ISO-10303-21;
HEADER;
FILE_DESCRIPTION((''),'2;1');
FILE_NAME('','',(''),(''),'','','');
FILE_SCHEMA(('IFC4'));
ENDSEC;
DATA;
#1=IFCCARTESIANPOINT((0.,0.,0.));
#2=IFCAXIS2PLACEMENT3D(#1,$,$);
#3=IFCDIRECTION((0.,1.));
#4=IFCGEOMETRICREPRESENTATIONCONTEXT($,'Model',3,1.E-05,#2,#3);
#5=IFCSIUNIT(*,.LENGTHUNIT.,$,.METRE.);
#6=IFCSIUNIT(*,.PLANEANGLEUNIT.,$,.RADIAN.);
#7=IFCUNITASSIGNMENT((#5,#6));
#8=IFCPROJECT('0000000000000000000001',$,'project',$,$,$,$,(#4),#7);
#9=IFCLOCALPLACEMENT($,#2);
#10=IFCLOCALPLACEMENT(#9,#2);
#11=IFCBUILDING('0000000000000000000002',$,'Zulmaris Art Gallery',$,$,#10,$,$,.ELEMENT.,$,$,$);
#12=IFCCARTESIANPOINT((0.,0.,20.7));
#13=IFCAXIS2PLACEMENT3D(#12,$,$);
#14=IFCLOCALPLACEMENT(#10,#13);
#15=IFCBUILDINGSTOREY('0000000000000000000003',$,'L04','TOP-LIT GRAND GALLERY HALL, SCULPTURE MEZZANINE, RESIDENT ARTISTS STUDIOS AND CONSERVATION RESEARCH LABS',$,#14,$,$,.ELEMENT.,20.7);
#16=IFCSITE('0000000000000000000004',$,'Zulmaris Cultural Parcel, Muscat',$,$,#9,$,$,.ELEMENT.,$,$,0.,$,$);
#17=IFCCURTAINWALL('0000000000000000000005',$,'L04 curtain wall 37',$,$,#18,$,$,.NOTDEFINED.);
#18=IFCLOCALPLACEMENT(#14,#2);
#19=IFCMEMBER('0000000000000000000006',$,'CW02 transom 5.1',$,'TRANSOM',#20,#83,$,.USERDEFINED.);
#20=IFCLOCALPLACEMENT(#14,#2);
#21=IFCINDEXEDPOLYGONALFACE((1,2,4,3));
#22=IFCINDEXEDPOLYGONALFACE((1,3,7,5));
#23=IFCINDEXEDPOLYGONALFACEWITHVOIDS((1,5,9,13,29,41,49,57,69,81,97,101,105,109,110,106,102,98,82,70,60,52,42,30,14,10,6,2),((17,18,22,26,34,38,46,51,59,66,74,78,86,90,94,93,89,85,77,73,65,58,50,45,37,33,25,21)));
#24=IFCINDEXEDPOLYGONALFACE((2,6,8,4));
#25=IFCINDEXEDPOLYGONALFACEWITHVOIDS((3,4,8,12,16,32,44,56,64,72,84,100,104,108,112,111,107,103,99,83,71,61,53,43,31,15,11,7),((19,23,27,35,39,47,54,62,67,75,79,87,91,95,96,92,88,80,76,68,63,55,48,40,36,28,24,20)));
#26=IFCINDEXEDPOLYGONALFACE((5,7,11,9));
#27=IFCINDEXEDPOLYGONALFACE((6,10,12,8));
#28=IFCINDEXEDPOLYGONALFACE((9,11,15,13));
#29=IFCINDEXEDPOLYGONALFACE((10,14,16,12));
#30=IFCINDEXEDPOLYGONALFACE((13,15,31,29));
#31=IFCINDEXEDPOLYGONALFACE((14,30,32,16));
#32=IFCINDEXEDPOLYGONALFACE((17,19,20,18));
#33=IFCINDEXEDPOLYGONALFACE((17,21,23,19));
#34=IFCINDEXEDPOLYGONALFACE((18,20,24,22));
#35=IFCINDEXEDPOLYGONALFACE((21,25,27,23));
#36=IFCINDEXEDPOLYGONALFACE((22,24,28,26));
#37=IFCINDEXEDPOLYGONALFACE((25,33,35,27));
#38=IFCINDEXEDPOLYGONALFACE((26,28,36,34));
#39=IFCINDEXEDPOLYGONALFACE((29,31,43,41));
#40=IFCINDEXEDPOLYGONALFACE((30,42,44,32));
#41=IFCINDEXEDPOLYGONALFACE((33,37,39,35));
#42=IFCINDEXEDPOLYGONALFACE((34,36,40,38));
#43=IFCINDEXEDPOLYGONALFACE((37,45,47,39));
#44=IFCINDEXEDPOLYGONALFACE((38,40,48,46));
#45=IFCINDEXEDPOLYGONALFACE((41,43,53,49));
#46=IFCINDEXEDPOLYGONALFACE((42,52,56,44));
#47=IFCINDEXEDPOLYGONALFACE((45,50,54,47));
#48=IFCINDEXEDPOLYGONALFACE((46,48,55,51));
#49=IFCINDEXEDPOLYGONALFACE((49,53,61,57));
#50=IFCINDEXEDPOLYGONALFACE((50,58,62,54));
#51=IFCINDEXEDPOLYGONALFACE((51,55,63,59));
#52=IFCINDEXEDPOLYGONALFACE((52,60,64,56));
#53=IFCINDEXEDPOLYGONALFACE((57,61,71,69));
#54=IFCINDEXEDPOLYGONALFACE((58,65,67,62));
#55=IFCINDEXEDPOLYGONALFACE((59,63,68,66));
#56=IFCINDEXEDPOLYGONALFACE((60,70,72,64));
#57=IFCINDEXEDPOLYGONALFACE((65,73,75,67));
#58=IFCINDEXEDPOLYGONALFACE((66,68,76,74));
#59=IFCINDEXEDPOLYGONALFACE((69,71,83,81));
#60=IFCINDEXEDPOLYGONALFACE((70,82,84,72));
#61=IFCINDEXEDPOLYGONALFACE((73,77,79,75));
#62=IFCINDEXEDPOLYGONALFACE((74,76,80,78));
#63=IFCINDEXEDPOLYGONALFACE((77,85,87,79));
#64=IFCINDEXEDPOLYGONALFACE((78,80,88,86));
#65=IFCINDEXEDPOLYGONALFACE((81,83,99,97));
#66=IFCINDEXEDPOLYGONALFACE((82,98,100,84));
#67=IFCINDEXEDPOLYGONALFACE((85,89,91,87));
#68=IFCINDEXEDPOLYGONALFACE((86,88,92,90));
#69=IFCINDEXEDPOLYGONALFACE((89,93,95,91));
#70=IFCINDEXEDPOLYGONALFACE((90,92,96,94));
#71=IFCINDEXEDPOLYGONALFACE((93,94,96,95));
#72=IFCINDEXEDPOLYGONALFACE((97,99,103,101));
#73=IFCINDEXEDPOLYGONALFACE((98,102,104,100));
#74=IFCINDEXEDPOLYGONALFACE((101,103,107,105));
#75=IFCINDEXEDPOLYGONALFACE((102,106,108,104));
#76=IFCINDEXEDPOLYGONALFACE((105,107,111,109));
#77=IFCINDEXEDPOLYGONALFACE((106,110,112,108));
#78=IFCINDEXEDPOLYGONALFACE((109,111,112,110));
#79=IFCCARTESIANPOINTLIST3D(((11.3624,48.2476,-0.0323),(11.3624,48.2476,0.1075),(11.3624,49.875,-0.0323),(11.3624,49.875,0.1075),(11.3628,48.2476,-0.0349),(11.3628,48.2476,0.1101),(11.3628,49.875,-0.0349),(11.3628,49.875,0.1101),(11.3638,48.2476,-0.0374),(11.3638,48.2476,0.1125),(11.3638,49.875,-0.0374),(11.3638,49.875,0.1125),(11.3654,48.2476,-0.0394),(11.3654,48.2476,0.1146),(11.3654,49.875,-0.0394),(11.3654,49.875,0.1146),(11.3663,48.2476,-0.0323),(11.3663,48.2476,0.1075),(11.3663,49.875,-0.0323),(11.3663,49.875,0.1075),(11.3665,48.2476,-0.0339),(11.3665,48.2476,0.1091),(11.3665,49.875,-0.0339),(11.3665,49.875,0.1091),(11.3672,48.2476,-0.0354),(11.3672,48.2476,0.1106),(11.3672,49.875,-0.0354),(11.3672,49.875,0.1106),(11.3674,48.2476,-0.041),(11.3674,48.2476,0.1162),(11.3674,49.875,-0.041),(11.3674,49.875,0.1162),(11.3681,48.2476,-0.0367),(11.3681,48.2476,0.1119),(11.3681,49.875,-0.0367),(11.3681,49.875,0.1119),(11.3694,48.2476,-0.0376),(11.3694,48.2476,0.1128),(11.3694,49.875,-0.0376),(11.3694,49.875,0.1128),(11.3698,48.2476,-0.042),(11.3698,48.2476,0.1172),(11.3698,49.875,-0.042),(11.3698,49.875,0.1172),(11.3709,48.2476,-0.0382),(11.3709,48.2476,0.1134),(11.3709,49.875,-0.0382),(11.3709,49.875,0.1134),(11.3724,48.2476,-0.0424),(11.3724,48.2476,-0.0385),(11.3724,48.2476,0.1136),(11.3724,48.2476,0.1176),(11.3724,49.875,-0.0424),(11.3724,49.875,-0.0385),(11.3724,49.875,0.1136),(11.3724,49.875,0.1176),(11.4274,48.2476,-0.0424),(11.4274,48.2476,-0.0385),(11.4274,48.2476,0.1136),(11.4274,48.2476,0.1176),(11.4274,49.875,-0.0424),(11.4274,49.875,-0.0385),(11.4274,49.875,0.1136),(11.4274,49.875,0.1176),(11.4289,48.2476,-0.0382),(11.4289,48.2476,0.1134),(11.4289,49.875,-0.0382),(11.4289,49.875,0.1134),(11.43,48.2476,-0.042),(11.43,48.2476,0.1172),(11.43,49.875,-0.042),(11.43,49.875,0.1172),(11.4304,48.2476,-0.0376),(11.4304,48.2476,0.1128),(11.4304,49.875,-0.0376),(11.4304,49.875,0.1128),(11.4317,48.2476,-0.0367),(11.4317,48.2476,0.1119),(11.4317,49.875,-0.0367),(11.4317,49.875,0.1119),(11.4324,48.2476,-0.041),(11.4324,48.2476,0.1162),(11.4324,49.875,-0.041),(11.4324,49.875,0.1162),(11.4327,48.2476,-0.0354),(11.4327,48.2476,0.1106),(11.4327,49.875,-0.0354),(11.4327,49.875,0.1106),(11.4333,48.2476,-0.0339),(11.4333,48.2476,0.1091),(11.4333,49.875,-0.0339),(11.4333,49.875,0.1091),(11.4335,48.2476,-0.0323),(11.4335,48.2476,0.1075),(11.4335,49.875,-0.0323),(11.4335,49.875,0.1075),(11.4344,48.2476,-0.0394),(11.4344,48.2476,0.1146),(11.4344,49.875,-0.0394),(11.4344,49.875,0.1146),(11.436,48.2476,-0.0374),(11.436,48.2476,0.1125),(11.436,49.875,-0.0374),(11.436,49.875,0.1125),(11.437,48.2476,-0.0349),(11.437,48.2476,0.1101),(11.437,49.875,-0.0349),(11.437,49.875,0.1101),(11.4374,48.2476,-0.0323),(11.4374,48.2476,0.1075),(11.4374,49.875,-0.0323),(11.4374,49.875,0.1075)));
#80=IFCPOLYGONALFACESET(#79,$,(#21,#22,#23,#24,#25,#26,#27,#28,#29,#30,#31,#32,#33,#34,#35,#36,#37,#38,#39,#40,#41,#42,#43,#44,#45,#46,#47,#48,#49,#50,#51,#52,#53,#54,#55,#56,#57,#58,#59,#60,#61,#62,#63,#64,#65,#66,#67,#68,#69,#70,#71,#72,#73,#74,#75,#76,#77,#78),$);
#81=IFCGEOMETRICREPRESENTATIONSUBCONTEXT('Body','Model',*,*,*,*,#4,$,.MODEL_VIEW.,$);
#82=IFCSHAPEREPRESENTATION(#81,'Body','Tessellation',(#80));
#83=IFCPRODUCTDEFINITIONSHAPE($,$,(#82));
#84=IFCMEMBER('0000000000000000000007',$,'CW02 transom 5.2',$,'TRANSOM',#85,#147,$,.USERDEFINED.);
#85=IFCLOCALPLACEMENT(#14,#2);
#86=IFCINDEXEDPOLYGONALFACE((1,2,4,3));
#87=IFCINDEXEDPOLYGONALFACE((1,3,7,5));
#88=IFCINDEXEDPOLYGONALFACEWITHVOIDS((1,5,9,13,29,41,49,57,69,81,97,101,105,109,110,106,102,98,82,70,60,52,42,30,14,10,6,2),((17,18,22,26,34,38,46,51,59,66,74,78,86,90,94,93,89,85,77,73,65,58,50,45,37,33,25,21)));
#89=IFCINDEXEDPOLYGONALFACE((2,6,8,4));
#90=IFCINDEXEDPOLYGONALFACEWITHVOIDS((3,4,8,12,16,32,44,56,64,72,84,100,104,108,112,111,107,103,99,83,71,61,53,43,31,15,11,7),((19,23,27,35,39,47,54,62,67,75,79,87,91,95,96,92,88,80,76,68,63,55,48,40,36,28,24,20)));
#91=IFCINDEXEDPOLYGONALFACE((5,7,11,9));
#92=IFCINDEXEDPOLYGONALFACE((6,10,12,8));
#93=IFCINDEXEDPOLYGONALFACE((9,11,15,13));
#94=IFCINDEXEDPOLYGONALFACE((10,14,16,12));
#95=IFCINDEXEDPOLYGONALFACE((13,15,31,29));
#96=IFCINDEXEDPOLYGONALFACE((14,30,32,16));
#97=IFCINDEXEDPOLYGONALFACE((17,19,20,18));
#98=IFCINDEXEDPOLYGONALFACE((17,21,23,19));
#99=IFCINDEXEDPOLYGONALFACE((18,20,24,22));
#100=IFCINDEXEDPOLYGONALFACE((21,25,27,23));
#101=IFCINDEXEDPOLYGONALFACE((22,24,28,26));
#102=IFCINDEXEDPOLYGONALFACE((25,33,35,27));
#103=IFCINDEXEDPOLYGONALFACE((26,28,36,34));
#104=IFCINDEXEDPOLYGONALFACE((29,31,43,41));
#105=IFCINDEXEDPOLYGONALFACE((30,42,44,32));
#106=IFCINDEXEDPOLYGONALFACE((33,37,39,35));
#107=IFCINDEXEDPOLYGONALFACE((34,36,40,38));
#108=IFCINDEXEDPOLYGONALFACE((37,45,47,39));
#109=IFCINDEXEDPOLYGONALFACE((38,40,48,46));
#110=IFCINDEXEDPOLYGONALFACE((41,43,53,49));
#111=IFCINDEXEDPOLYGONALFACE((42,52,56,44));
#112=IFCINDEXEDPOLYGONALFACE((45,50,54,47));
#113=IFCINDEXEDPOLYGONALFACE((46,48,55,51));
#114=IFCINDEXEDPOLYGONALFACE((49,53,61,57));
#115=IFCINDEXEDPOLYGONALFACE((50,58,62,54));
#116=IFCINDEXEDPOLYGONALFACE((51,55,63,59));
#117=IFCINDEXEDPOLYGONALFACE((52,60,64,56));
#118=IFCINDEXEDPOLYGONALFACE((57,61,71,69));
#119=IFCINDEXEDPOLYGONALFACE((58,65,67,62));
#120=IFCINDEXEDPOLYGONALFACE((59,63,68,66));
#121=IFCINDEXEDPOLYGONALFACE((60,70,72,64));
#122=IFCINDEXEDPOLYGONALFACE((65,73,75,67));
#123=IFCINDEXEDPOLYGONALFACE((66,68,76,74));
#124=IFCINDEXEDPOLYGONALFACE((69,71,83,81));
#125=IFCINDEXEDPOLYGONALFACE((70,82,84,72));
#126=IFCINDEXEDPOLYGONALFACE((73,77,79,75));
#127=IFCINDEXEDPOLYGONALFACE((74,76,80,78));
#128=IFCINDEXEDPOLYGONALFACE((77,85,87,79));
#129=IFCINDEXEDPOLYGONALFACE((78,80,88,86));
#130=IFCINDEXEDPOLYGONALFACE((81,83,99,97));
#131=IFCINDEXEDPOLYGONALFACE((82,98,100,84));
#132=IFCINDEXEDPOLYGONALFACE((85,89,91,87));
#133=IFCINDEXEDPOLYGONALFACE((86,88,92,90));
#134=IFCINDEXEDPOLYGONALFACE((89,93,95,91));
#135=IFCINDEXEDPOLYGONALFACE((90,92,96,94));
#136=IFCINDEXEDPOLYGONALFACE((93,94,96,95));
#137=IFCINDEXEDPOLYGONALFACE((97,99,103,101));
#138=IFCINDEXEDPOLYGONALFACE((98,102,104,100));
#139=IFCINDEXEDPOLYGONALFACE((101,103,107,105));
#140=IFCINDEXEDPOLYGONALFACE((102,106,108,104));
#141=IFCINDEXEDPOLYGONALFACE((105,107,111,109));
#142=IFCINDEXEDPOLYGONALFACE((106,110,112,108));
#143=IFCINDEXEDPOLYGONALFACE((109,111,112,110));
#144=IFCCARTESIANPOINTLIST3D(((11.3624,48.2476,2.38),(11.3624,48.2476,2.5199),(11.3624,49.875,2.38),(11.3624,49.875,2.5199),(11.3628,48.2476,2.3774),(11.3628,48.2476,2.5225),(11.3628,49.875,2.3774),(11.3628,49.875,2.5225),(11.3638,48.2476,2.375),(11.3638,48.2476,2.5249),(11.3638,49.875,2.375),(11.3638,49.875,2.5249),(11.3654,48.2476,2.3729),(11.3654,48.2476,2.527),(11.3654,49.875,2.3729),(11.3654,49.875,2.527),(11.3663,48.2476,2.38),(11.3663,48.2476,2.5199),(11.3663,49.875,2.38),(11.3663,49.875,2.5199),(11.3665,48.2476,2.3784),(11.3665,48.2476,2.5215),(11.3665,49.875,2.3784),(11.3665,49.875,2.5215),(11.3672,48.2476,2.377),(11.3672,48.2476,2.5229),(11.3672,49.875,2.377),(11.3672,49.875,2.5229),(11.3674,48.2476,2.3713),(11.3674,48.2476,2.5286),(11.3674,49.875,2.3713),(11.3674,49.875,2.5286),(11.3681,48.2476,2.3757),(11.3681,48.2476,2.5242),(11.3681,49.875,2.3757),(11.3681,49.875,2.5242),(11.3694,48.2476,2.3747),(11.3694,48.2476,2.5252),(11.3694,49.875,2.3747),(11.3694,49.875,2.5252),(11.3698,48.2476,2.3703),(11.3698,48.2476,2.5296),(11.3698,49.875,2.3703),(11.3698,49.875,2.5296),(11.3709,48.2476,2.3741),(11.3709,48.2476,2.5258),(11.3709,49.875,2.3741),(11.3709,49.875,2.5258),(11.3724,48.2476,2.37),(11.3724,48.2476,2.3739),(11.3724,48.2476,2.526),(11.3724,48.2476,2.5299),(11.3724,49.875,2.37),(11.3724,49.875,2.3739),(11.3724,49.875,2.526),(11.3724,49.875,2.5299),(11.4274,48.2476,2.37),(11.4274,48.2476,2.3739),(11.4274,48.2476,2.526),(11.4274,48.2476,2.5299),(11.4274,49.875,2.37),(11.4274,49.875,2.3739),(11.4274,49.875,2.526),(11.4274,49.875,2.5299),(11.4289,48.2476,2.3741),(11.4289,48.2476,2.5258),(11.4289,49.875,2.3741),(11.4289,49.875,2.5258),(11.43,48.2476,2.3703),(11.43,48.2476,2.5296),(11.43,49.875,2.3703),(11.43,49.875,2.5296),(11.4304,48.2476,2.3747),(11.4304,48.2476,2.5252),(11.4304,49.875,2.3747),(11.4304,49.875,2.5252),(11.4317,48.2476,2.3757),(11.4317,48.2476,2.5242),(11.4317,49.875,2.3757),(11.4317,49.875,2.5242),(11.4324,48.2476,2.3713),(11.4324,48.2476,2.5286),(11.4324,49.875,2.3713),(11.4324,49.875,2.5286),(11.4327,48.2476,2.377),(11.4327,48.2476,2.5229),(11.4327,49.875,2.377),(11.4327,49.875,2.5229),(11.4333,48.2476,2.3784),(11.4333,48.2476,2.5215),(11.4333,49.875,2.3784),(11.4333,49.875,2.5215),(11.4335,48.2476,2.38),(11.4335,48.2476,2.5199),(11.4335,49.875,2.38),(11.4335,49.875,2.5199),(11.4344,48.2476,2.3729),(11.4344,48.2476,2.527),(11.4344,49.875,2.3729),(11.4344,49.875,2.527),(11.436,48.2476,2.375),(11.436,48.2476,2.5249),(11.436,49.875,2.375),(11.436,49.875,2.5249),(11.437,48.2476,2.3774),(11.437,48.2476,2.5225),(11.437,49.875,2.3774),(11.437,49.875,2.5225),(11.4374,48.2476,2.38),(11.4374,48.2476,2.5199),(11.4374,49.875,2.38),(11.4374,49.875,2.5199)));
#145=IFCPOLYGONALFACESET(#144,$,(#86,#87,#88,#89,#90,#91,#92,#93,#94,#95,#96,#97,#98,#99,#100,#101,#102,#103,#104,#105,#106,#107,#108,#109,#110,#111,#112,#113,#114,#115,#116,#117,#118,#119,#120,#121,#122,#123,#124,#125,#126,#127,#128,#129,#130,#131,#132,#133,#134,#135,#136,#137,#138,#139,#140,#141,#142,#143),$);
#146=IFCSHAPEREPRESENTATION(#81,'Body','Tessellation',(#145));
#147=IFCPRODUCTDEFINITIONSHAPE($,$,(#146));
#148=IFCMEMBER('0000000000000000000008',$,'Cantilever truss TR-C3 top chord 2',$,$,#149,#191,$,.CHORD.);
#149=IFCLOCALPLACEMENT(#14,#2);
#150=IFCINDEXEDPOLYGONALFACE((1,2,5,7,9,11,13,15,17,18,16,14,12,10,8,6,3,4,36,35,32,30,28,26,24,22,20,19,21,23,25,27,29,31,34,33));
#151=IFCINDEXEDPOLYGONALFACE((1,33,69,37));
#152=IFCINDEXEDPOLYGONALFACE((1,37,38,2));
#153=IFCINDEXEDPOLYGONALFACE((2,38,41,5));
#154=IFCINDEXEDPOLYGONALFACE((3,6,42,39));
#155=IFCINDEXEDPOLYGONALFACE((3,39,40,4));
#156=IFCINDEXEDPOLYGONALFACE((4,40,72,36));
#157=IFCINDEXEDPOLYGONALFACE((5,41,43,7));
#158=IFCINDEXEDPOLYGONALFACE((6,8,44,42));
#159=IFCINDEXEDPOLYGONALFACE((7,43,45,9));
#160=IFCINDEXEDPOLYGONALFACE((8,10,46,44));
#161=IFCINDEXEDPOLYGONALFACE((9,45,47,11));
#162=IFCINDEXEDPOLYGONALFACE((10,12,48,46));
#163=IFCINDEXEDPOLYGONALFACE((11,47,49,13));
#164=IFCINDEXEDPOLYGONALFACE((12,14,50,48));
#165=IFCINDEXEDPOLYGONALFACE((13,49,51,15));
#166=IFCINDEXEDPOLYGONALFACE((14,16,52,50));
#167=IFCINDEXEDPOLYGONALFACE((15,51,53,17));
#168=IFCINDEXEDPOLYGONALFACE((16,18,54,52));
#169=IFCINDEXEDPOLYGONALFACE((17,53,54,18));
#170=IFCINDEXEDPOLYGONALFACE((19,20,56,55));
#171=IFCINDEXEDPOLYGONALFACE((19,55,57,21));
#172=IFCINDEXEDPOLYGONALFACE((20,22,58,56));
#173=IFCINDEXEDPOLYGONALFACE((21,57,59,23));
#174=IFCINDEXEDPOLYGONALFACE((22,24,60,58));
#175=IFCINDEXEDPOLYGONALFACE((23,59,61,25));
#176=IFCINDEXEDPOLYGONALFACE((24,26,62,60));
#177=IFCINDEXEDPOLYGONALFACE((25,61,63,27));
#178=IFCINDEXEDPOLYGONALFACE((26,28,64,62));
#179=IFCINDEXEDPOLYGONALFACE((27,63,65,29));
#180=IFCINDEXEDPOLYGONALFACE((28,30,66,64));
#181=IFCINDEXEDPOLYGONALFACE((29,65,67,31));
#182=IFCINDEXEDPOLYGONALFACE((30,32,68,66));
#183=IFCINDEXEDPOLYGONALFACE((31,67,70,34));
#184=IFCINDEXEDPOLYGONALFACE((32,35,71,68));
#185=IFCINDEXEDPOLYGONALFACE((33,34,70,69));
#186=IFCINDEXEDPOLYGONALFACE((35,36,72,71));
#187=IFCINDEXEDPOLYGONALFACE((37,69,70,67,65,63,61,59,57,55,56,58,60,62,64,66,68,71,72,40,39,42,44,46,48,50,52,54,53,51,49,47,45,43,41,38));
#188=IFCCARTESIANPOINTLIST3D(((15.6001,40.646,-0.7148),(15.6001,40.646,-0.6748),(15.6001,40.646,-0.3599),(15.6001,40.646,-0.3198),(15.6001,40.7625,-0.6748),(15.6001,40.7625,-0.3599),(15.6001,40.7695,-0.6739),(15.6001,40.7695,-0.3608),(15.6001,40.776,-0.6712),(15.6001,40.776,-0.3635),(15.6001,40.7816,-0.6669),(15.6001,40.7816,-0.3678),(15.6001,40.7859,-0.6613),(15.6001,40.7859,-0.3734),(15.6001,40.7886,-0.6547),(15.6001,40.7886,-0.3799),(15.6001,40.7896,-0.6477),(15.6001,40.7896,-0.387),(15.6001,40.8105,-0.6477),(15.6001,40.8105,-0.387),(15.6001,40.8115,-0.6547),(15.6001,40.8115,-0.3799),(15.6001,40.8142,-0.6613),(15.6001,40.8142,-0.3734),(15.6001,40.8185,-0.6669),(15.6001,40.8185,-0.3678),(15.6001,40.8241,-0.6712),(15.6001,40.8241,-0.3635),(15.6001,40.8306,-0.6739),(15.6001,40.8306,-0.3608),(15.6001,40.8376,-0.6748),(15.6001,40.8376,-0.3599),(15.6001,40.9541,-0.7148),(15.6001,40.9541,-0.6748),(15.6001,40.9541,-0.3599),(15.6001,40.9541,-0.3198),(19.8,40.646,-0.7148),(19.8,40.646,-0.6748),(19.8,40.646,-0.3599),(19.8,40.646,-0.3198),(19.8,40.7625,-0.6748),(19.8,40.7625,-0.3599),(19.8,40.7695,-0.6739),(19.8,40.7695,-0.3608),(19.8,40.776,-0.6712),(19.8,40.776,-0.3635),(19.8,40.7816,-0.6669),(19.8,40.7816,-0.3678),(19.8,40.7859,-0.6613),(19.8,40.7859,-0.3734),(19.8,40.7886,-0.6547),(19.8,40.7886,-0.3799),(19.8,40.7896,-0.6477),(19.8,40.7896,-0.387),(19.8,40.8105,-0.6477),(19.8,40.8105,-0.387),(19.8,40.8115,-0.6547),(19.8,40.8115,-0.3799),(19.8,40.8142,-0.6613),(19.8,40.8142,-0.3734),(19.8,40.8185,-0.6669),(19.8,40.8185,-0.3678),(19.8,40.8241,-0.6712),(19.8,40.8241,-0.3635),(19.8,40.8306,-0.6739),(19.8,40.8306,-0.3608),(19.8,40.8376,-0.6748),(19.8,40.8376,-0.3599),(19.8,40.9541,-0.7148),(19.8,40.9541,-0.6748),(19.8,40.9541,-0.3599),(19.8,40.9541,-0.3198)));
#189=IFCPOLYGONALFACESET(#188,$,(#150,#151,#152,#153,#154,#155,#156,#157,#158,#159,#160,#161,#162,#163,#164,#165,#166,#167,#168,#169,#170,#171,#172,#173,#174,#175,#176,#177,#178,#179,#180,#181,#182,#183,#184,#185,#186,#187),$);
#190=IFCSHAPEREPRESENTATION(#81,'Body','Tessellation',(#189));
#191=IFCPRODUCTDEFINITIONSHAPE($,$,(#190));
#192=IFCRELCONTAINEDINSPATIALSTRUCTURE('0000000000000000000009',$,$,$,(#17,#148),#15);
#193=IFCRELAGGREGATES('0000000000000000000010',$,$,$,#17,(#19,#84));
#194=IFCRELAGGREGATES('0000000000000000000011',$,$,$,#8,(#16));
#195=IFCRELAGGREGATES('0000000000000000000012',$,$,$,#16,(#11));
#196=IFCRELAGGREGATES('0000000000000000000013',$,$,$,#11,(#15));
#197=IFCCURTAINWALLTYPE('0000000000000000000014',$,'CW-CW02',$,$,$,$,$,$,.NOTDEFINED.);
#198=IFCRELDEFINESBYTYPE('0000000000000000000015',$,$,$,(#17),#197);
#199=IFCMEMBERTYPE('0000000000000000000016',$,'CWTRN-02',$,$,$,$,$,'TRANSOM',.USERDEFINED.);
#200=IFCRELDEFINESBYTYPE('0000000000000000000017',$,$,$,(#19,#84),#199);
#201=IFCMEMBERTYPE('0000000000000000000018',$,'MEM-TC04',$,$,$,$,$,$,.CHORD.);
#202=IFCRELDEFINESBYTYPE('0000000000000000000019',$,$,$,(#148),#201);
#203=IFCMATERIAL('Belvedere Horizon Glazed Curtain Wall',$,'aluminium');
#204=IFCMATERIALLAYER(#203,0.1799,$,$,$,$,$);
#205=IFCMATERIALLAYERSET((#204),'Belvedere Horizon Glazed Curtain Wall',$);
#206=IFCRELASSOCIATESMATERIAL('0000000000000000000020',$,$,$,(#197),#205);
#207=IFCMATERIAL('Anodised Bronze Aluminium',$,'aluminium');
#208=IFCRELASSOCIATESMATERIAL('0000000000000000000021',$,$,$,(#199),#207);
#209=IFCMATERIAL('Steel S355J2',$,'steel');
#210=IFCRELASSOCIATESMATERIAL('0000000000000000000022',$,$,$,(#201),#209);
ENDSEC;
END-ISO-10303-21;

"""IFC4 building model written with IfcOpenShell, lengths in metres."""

from ifc_helpers import new_model, si_unit, direction, frame, origin, origin_2d, place, context, subcontext, project, spatial, hollow_rectangle, i_section, extrude, material, layer, layer_set, material_profile, profile_set, type_object, element, aggregate, save


model = new_model("IFC4")

# Units and contexts
model_context = context("Model", 3, precision=1e-05, world=origin(), true_north=direction((0.0, 1.0)))
body_context = subcontext(model_context, "Body", "Model", "MODEL_VIEW")
ifc_project = project(units=[si_unit("LENGTHUNIT", "METRE"), si_unit("PLANEANGLEUNIT", "RADIAN")], contexts=[model_context])

# Site, building, storey
site_placement = place(None, origin())
site = spatial("IfcSite", under=ifc_project, at=site_placement, Name="Zulmaris Cultural Parcel, Muscat", CompositionType="ELEMENT", RefElevation=0.0)
building_placement = place(site_placement, origin())
building = spatial("IfcBuilding", under=site, at=building_placement, Name="Zulmaris Art Gallery", CompositionType="ELEMENT")
storey_placement = place(building_placement, frame((0.0, 0.0, 20.7)))
storey = spatial("IfcBuildingStorey", under=building, at=storey_placement, Name="L04", Description="TOP-LIT GRAND GALLERY HALL, SCULPTURE MEZZANINE, RESIDENT ARTISTS STUDIOS AND CONSERVATION RESEARCH LABS", CompositionType="ELEMENT", Elevation=20.7)

# Shared definitions
ifc_material_1 = material(Name="Steel S355J2", Category="steel")

# Curtain wall, members
ifc_material_2 = material(Name="Belvedere Horizon Glazed Curtain Wall", Category="aluminium")
ifc_layer_1 = layer(ifc_material_2, 0.1799)
ifc_layer_set_1 = layer_set([ifc_layer_1], Name="Belvedere Horizon Glazed Curtain Wall")
curtain_wall_type = type_object("IfcCurtainWallType", Name="CW-CW02", PredefinedType="NOTDEFINED", material=ifc_layer_set_1)
curtain_wall_placement = place(storey_placement, origin())
curtain_wall = element("IfcCurtainWall", 1, at=curtain_wall_placement, inside=storey, type_object=curtain_wall_type, Name="L04 curtain wall 37", PredefinedType="NOTDEFINED")
ifc_material_3 = material(Name="Anodised Bronze Aluminium", Category="aluminium")
ifc_material_profile_1 = material_profile(ifc_material_3, hollow_rectangle(XDim=0.075, YDim=0.1599, WallThickness=0.0039, InnerFilletRadius=0.0061, OuterFilletRadius=0.01, at=origin_2d()), Name="ALU 75x160x4")
ifc_profile_set_1 = profile_set([ifc_material_profile_1], Name="Anodised Bronze Aluminium")
member_type_1 = type_object("IfcMemberType", Name="CWTRN-02", ElementType="TRANSOM", PredefinedType="USERDEFINED", material=ifc_profile_set_1)
member_1_placement = place(storey_placement, frame((11.3999, 48.2476, 0.0376), z_axis=(0.0, 1.0, 0.0), x_axis=(-1.0, 0.0, 0.0)))
member_1 = element("IfcMember", 2, at=member_1_placement, type_object=member_type_1, Name="CW02 transom 5.1", ObjectType="TRANSOM", PredefinedType="USERDEFINED", context=body_context, shape_type="SweptSolid", body=[
    extrude(hollow_rectangle(XDim=0.075, YDim=0.1599, WallThickness=0.0039, InnerFilletRadius=0.0061, OuterFilletRadius=0.01, at=origin_2d()), origin(), (0.0, 0.0, 1.0), 1.6274),
])
member_2_placement = place(storey_placement, frame((11.3999, 48.2476, 2.45), z_axis=(0.0, 1.0, 0.0), x_axis=(-1.0, 0.0, 0.0)))
member_2 = element("IfcMember", 3, at=member_2_placement, type_object=member_type_1, Name="CW02 transom 5.2", ObjectType="TRANSOM", PredefinedType="USERDEFINED", context=body_context, shape_type="SweptSolid", body=[
    extrude(hollow_rectangle(XDim=0.075, YDim=0.1599, WallThickness=0.0039, InnerFilletRadius=0.0061, OuterFilletRadius=0.01, at=origin_2d()), origin(), (0.0, 0.0, 1.0), 1.6274),
])

# Member
ifc_material_profile_2 = material_profile(ifc_material_1, i_section(OverallWidth=0.3081, OverallDepth=0.395, WebThickness=0.021, FlangeThickness=0.04, FilletRadius=0.0271, at=origin_2d()), Name="HEM 360")
ifc_profile_set_2 = profile_set([ifc_material_profile_2], Name="Steel S355J2")
member_type_2 = type_object("IfcMemberType", Name="MEM-TC04", PredefinedType="CHORD", material=ifc_profile_set_2)
for number, where, z_axis, x_axis, name in (
    (4, (15.6001, 40.8, -0.5173), (1.0, 0.0, 0.0), (0.0, 1.0, 0.0), "Cantilever truss TR-C3 top chord 2"),
):
    element("IfcMember", number, at=place(storey_placement, frame(where, z_axis=z_axis, x_axis=x_axis)), inside=storey, type_object=member_type_2, Name=name, PredefinedType="CHORD", context=body_context, shape_type="SweptSolid", body=[
        extrude(i_section(OverallWidth=0.3081, OverallDepth=0.395, WebThickness=0.021, FlangeThickness=0.04, FilletRadius=0.0271, at=origin_2d()), origin(), (0.0, 0.0, 1.0), 4.2),
    ])

aggregate(curtain_wall, [member_1, member_2])

save(model, "model.ifc")
